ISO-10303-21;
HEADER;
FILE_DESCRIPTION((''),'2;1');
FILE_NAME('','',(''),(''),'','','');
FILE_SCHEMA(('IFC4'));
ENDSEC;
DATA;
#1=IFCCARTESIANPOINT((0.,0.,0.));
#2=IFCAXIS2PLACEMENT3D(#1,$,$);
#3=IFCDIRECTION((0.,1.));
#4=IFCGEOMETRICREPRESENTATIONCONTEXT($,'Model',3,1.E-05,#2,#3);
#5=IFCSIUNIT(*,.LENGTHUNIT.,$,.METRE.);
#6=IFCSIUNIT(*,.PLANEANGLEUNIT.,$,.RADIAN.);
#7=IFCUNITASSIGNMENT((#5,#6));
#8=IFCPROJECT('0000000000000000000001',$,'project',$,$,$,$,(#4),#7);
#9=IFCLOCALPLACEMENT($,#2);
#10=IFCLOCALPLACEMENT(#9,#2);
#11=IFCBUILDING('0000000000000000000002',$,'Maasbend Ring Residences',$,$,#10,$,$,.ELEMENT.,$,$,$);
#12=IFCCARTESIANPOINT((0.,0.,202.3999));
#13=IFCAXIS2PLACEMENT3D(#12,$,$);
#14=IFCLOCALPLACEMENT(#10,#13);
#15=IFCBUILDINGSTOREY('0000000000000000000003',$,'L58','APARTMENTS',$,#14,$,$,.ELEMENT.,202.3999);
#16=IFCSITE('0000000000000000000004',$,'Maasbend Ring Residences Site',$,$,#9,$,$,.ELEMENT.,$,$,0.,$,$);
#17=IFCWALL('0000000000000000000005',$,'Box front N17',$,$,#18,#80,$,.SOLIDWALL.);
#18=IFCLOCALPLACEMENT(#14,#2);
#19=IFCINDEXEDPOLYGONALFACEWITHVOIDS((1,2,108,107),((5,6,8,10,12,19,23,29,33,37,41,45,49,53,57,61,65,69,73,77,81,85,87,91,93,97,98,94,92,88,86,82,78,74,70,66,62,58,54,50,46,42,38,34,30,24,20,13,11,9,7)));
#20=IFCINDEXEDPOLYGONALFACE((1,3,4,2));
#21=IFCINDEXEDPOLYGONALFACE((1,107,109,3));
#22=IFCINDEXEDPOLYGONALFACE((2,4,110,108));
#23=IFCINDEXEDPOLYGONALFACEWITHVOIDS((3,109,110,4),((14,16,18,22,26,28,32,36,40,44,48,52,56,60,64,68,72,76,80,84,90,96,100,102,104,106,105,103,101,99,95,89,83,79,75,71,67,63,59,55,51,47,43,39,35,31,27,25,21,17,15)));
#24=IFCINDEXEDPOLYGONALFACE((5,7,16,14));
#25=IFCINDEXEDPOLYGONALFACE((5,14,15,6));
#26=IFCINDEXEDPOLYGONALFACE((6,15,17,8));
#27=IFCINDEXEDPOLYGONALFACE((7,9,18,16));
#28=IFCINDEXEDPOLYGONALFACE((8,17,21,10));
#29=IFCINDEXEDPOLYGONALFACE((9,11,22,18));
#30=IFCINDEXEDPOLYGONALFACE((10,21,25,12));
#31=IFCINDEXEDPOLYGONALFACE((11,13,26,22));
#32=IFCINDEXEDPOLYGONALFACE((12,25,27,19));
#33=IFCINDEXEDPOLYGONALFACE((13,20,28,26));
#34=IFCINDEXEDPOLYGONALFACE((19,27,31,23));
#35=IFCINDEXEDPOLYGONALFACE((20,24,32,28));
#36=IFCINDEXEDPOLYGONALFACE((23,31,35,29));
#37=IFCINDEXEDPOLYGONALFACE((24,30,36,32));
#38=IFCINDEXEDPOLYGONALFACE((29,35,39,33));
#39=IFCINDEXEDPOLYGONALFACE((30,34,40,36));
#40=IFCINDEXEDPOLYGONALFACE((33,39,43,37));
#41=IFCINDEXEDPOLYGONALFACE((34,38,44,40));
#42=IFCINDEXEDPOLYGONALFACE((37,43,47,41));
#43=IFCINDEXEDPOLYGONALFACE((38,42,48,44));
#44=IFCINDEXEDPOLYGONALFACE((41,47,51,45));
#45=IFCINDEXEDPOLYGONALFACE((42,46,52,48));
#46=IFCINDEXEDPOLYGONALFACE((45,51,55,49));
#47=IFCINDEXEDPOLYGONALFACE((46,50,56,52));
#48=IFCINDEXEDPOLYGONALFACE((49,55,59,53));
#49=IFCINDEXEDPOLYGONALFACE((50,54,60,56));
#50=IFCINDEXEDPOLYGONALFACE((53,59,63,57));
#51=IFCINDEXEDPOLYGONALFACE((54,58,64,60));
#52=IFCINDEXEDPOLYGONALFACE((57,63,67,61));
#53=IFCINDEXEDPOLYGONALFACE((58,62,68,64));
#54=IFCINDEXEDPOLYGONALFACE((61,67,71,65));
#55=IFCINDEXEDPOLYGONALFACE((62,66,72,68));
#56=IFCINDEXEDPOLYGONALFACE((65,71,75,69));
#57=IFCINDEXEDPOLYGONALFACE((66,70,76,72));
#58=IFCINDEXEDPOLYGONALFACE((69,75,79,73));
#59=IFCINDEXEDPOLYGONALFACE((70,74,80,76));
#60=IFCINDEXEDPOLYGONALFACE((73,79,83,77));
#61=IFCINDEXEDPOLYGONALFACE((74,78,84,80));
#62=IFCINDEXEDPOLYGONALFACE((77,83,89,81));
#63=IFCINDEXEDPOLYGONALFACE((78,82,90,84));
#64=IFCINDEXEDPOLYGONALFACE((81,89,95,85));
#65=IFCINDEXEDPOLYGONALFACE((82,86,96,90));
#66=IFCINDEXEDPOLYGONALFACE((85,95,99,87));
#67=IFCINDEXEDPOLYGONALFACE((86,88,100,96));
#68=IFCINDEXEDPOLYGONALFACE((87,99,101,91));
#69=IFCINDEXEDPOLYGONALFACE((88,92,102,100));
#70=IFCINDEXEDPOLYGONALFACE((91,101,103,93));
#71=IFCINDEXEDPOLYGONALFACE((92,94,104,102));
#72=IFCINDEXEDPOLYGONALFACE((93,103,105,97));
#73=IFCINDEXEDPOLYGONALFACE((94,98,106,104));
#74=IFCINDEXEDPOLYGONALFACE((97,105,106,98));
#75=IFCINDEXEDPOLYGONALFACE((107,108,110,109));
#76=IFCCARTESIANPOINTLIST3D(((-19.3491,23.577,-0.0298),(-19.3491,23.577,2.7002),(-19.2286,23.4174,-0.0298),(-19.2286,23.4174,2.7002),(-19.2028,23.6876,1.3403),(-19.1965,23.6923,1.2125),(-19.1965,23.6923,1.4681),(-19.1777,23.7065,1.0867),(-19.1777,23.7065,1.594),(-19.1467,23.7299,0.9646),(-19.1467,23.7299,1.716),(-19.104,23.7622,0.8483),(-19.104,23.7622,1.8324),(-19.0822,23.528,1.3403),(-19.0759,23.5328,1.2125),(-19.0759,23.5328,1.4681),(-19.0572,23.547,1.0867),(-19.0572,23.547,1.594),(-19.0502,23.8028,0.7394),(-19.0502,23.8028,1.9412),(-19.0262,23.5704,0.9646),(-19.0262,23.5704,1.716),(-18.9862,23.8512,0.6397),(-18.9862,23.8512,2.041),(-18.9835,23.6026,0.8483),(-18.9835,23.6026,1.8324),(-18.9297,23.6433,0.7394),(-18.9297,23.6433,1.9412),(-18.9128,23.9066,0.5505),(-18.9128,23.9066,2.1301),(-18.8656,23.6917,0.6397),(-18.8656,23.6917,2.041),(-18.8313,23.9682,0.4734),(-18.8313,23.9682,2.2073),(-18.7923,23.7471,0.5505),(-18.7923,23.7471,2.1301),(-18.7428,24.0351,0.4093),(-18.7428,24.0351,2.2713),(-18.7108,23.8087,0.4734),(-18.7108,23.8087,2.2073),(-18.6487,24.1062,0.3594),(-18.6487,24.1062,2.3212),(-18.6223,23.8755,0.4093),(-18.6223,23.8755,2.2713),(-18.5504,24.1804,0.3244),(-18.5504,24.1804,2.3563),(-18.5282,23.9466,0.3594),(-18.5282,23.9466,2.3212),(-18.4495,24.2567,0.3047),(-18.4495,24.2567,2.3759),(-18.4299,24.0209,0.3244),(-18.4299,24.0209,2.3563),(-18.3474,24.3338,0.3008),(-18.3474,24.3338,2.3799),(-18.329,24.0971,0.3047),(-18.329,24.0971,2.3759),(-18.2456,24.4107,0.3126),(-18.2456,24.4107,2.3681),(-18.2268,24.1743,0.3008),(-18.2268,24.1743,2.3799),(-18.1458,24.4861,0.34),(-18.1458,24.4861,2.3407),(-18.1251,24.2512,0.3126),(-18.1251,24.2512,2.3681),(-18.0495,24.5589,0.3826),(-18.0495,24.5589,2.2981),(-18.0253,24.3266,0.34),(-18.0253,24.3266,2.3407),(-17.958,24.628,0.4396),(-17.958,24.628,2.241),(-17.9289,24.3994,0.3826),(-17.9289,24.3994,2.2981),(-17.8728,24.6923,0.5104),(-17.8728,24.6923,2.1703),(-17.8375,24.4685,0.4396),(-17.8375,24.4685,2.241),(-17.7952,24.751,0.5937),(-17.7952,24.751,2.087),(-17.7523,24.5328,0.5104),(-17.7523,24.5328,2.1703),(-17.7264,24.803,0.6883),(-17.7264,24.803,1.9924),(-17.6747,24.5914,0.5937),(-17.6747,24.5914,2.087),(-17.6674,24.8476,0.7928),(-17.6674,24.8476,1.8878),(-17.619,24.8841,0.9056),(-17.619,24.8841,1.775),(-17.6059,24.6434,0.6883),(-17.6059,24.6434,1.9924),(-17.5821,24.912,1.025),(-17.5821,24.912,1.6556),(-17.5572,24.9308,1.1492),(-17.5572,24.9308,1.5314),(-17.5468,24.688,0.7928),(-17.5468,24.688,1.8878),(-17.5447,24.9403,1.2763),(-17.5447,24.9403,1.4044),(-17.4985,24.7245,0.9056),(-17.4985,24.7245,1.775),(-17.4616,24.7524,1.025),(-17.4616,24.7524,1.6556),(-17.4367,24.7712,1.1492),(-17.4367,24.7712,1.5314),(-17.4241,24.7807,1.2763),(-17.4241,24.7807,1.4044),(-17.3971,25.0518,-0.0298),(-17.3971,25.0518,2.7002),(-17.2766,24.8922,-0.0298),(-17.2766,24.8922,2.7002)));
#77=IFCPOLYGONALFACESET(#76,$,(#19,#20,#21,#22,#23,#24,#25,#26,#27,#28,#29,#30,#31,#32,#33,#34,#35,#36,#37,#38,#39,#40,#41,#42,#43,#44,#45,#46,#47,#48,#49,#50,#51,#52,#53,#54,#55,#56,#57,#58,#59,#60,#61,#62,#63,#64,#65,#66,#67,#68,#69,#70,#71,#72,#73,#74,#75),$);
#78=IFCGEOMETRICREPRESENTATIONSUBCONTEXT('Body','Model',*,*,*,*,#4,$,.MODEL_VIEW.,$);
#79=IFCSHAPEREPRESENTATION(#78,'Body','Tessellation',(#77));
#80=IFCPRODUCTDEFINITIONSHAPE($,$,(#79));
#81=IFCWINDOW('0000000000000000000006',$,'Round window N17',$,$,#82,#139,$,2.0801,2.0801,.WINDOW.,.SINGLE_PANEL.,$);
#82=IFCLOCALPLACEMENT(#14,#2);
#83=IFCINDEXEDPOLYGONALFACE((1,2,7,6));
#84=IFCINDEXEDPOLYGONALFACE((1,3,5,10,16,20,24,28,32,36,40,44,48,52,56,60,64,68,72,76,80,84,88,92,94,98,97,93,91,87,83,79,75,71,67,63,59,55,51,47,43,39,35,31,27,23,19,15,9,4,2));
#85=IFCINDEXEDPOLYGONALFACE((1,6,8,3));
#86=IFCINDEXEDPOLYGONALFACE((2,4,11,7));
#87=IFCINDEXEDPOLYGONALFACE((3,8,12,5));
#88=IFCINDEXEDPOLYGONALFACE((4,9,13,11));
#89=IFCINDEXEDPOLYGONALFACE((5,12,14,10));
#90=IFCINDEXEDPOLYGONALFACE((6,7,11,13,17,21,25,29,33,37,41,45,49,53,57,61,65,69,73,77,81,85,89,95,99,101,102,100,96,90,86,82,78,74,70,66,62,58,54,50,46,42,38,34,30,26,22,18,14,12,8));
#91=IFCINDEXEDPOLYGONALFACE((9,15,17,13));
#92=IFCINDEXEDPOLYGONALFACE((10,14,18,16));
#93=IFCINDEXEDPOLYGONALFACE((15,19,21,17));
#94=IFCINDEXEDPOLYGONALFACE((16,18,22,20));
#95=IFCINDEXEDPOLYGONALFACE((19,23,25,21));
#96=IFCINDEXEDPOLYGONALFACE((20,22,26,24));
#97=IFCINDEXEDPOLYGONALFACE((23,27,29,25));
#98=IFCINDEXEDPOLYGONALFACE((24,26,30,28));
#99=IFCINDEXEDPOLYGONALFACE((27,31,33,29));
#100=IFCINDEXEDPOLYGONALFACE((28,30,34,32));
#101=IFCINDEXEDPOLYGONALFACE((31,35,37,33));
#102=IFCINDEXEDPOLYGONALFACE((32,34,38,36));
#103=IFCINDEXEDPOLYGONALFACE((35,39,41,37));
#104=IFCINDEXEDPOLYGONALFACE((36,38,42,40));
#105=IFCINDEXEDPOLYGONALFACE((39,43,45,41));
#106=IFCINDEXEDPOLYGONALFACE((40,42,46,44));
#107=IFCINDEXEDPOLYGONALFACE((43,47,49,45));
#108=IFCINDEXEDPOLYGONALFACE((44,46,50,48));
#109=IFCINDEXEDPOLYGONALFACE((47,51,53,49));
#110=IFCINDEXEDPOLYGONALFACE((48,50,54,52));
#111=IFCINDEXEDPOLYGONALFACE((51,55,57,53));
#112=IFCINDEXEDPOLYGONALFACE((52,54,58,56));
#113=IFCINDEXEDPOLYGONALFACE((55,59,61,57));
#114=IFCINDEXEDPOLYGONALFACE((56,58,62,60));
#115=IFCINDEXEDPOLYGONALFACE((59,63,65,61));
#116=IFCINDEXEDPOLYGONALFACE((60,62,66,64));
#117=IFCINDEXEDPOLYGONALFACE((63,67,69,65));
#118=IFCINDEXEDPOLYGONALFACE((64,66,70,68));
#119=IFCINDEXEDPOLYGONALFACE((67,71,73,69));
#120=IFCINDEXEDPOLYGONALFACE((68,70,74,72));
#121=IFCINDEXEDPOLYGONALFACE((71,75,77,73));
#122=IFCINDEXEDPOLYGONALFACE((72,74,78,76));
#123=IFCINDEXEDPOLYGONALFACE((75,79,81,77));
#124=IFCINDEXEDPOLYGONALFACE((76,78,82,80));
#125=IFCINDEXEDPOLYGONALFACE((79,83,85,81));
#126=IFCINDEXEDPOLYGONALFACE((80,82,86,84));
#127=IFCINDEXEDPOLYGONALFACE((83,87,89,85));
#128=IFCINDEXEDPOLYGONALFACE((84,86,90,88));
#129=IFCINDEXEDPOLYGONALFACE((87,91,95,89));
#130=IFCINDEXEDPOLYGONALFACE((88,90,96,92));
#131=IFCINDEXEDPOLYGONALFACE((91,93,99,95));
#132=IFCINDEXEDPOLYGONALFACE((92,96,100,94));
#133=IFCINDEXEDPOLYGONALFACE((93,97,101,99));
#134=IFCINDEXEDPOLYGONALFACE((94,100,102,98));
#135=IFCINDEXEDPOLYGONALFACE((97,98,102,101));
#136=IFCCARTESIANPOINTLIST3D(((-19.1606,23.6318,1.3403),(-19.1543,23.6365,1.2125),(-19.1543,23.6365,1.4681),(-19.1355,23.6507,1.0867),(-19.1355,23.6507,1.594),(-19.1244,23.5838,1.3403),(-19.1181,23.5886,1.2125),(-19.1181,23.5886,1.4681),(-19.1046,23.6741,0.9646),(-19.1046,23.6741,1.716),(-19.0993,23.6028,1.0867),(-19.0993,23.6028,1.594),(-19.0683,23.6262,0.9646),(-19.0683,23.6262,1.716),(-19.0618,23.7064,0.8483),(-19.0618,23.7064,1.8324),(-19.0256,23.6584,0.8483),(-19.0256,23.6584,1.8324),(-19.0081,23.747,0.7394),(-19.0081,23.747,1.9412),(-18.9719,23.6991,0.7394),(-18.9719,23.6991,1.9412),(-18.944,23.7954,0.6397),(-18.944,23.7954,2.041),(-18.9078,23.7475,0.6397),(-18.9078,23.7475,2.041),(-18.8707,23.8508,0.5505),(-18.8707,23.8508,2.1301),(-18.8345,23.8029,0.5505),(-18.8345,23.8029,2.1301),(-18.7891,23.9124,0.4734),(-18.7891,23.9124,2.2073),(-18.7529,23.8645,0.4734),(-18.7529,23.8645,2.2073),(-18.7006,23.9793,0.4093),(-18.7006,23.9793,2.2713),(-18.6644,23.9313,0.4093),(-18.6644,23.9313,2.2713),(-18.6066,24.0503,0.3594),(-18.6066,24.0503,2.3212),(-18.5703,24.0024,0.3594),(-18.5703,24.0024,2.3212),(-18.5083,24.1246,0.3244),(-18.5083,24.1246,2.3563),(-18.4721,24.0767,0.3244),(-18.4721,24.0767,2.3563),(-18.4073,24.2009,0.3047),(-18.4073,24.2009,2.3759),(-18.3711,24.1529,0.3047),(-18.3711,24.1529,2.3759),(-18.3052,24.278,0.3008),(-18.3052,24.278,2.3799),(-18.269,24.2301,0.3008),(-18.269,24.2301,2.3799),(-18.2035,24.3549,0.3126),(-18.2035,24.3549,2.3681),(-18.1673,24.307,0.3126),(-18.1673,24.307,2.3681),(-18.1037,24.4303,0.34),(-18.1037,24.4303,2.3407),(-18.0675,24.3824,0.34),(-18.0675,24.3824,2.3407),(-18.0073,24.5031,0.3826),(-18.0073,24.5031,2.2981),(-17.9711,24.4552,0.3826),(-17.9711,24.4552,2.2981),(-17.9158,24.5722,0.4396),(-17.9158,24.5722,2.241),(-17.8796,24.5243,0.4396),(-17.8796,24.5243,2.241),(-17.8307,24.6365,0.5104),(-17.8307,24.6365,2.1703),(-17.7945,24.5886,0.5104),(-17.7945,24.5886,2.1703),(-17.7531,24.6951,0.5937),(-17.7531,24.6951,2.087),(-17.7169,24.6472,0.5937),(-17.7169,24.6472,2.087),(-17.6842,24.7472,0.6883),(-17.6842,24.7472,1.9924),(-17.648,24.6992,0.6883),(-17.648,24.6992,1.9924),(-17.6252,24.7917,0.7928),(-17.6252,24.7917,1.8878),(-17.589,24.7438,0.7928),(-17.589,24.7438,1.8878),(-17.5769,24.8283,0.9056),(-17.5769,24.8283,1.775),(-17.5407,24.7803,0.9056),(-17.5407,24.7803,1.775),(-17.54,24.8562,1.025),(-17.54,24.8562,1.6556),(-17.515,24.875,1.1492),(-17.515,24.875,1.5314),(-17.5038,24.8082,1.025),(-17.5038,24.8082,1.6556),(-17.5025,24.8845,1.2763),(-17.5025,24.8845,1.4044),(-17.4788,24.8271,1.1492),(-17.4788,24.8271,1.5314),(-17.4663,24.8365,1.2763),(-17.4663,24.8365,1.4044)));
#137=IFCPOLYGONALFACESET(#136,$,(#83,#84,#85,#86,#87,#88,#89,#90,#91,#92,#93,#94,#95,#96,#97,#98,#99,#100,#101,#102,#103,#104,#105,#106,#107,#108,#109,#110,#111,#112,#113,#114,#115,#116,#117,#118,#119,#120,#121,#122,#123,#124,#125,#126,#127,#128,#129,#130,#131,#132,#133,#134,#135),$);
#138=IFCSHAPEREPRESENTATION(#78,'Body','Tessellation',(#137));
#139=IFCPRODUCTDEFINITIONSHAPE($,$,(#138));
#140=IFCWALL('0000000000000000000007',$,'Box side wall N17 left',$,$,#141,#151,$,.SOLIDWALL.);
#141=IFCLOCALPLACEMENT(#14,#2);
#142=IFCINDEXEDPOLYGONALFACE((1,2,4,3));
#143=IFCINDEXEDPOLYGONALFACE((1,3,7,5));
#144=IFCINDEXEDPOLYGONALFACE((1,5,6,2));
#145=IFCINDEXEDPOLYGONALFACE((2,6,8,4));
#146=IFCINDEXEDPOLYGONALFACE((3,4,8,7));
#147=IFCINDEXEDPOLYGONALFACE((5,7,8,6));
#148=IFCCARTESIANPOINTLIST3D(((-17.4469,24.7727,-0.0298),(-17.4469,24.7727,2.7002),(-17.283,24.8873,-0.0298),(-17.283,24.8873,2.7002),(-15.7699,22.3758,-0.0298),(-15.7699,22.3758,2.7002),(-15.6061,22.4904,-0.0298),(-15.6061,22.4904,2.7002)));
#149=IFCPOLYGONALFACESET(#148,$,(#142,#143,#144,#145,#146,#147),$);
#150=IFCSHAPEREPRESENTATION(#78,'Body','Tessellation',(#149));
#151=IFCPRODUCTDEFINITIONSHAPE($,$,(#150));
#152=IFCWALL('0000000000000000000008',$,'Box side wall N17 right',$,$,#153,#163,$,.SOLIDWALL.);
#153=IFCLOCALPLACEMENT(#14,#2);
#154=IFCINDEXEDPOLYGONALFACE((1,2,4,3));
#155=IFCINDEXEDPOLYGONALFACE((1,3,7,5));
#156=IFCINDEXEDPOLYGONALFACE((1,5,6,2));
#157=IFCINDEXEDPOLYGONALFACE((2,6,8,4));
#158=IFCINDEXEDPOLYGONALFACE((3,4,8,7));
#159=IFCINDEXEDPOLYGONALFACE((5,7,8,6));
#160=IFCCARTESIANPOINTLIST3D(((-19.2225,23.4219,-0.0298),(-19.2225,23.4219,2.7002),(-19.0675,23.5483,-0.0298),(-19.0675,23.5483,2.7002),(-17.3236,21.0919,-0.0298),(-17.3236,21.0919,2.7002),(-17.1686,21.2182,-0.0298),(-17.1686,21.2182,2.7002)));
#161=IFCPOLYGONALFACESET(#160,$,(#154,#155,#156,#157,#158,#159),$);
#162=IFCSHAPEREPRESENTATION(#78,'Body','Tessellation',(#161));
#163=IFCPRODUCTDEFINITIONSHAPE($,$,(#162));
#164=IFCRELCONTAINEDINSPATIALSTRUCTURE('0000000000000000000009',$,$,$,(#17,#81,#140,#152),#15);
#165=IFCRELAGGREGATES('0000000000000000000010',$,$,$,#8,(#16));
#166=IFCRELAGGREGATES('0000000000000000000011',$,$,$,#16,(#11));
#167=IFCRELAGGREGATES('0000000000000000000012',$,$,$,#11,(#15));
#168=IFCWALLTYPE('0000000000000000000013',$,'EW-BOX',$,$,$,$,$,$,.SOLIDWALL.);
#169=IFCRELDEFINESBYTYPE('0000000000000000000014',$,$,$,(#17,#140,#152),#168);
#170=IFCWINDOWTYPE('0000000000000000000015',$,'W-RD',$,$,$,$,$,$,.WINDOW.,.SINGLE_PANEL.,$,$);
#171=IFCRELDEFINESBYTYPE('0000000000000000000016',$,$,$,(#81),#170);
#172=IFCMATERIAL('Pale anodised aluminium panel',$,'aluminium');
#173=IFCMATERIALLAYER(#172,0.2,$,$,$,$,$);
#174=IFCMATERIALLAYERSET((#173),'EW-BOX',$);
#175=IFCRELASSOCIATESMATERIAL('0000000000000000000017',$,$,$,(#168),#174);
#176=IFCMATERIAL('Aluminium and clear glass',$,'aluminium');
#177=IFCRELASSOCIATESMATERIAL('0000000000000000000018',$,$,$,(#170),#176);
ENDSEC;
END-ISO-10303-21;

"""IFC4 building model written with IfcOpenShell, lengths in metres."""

from ifc_helpers import new_model, si_unit, direction, frame, frame_2d, origin, place, context, subcontext, project, spatial, rectangle, circle, extrude, material, layer, layer_set, type_object, element, fill, save


model = new_model("IFC4")

# Units and contexts
model_context = context("Model", 3, precision=1e-05, world=origin(), true_north=direction((0.0, 1.0)))
body_context = subcontext(model_context, "Body", "Model", "MODEL_VIEW")
ifc_project = project(units=[si_unit("LENGTHUNIT", "METRE"), si_unit("PLANEANGLEUNIT", "RADIAN")], contexts=[model_context])

# Site, building, storey
site_placement = place(None, origin())
site = spatial("IfcSite", under=ifc_project, at=site_placement, Name="Maasbend Ring Residences Site", CompositionType="ELEMENT", RefElevation=0.0)
building_placement = place(site_placement, origin())
building = spatial("IfcBuilding", under=site, at=building_placement, Name="Maasbend Ring Residences", CompositionType="ELEMENT")
storey_placement = place(building_placement, frame((0.0, 0.0, 202.3999)))
storey = spatial("IfcBuildingStorey", under=building, at=storey_placement, Name="L58", Description="APARTMENTS", CompositionType="ELEMENT", Elevation=202.3999)

# Shared definitions
ifc_material_1 = material(Name="Pale anodised aluminium panel", Category="aluminium")
ifc_layer_1 = layer(ifc_material_1, 0.2)
ifc_layer_set_1 = layer_set([ifc_layer_1], Name="EW-BOX")
wall_type_1 = type_object("IfcWallType", Name="EW-BOX", PredefinedType="SOLIDWALL", material=ifc_layer_set_1)

# Wall, opening, window
wall_1_placement = place(storey_placement, frame((-17.3369, 24.9719, -0.0298), z_axis=(0.0, 0.0, 1.0), x_axis=(-0.797888, -0.602806, 0.0)))
wall_1 = element("IfcWall", 1, at=wall_1_placement, inside=storey, type_object=wall_type_1, Name="Box front N17", PredefinedType="SOLIDWALL", context=body_context, shape_type="SweptSolid", body=[
    extrude(rectangle(XDim=2.4465, YDim=0.2, at=frame_2d((1.2231, 0.0))), origin(), (0.0, 0.0, 1.0), 2.73),
])
opening_1_placement = place(wall_1_placement, frame((0.1829, 0.0, 0.3301)))
opening_1 = element("IfcOpeningElement", 2, at=opening_1_placement, cuts=wall_1, PredefinedType="OPENING", context=body_context, shape_type="SweptSolid", body=[
    extrude(circle(Radius=1.04, at=frame_2d((1.04, 1.04))), frame((0.0, 0.1099, 0.0), z_axis=(0.0, -1.0, 0.0), x_axis=(1.0, 0.0, 0.0)), (0.0, 0.0, 1.0), 0.22),
])
ifc_material_2 = material(Name="Aluminium and clear glass", Category="aluminium")
window_type_1 = type_object("IfcWindowType", Name="W-RD", PartitioningType="SINGLE_PANEL", PredefinedType="WINDOW", material=ifc_material_2)
window_1_placement = place(opening_1_placement, origin())
window_1 = element("IfcWindow", 3, at=window_1_placement, inside=storey, type_object=window_type_1, Name="Round window N17", OverallHeight=2.0801, OverallWidth=2.0801, PartitioningType="SINGLE_PANEL", PredefinedType="WINDOW", context=body_context, shape_type="SweptSolid", body=[
    extrude(circle(Radius=1.04, at=frame_2d((1.04, 1.04))), frame((0.0, 0.03, 0.0), z_axis=(0.0, -1.0, 0.0), x_axis=(1.0, 0.0, 0.0)), (0.0, 0.0, 1.0), 0.0601),
])
fill(opening_1, window_1)

# Walls
wall_2_placement = place(storey_placement, frame((-15.688, 22.4331, -0.0298), z_axis=(0.0, 0.0, 1.0), x_axis=(-0.573261, 0.819373, 0.0)))
element("IfcWall", 4, at=wall_2_placement, inside=storey, type_object=wall_type_1, Name="Box side wall N17 left", PredefinedType="SOLIDWALL", context=body_context, shape_type="SweptSolid", body=[
    extrude(rectangle(XDim=2.9253, YDim=0.2, at=frame_2d((1.4626, 0.0))), origin(), (0.0, 0.0, 1.0), 2.73),
])
wall_3_placement = place(storey_placement, frame((-17.2461, 21.155, -0.0298), z_axis=(0.0, 0.0, 1.0), x_axis=(-0.631742, 0.775179, 0.0)))
element("IfcWall", 5, at=wall_3_placement, inside=storey, type_object=wall_type_1, Name="Box side wall N17 right", PredefinedType="SOLIDWALL", context=body_context, shape_type="SweptSolid", body=[
    extrude(rectangle(XDim=3.0059, YDim=0.2, at=frame_2d((1.5029, 0.0))), origin(), (0.0, 0.0, 1.0), 2.73),
])

save(model, "model.ifc")
